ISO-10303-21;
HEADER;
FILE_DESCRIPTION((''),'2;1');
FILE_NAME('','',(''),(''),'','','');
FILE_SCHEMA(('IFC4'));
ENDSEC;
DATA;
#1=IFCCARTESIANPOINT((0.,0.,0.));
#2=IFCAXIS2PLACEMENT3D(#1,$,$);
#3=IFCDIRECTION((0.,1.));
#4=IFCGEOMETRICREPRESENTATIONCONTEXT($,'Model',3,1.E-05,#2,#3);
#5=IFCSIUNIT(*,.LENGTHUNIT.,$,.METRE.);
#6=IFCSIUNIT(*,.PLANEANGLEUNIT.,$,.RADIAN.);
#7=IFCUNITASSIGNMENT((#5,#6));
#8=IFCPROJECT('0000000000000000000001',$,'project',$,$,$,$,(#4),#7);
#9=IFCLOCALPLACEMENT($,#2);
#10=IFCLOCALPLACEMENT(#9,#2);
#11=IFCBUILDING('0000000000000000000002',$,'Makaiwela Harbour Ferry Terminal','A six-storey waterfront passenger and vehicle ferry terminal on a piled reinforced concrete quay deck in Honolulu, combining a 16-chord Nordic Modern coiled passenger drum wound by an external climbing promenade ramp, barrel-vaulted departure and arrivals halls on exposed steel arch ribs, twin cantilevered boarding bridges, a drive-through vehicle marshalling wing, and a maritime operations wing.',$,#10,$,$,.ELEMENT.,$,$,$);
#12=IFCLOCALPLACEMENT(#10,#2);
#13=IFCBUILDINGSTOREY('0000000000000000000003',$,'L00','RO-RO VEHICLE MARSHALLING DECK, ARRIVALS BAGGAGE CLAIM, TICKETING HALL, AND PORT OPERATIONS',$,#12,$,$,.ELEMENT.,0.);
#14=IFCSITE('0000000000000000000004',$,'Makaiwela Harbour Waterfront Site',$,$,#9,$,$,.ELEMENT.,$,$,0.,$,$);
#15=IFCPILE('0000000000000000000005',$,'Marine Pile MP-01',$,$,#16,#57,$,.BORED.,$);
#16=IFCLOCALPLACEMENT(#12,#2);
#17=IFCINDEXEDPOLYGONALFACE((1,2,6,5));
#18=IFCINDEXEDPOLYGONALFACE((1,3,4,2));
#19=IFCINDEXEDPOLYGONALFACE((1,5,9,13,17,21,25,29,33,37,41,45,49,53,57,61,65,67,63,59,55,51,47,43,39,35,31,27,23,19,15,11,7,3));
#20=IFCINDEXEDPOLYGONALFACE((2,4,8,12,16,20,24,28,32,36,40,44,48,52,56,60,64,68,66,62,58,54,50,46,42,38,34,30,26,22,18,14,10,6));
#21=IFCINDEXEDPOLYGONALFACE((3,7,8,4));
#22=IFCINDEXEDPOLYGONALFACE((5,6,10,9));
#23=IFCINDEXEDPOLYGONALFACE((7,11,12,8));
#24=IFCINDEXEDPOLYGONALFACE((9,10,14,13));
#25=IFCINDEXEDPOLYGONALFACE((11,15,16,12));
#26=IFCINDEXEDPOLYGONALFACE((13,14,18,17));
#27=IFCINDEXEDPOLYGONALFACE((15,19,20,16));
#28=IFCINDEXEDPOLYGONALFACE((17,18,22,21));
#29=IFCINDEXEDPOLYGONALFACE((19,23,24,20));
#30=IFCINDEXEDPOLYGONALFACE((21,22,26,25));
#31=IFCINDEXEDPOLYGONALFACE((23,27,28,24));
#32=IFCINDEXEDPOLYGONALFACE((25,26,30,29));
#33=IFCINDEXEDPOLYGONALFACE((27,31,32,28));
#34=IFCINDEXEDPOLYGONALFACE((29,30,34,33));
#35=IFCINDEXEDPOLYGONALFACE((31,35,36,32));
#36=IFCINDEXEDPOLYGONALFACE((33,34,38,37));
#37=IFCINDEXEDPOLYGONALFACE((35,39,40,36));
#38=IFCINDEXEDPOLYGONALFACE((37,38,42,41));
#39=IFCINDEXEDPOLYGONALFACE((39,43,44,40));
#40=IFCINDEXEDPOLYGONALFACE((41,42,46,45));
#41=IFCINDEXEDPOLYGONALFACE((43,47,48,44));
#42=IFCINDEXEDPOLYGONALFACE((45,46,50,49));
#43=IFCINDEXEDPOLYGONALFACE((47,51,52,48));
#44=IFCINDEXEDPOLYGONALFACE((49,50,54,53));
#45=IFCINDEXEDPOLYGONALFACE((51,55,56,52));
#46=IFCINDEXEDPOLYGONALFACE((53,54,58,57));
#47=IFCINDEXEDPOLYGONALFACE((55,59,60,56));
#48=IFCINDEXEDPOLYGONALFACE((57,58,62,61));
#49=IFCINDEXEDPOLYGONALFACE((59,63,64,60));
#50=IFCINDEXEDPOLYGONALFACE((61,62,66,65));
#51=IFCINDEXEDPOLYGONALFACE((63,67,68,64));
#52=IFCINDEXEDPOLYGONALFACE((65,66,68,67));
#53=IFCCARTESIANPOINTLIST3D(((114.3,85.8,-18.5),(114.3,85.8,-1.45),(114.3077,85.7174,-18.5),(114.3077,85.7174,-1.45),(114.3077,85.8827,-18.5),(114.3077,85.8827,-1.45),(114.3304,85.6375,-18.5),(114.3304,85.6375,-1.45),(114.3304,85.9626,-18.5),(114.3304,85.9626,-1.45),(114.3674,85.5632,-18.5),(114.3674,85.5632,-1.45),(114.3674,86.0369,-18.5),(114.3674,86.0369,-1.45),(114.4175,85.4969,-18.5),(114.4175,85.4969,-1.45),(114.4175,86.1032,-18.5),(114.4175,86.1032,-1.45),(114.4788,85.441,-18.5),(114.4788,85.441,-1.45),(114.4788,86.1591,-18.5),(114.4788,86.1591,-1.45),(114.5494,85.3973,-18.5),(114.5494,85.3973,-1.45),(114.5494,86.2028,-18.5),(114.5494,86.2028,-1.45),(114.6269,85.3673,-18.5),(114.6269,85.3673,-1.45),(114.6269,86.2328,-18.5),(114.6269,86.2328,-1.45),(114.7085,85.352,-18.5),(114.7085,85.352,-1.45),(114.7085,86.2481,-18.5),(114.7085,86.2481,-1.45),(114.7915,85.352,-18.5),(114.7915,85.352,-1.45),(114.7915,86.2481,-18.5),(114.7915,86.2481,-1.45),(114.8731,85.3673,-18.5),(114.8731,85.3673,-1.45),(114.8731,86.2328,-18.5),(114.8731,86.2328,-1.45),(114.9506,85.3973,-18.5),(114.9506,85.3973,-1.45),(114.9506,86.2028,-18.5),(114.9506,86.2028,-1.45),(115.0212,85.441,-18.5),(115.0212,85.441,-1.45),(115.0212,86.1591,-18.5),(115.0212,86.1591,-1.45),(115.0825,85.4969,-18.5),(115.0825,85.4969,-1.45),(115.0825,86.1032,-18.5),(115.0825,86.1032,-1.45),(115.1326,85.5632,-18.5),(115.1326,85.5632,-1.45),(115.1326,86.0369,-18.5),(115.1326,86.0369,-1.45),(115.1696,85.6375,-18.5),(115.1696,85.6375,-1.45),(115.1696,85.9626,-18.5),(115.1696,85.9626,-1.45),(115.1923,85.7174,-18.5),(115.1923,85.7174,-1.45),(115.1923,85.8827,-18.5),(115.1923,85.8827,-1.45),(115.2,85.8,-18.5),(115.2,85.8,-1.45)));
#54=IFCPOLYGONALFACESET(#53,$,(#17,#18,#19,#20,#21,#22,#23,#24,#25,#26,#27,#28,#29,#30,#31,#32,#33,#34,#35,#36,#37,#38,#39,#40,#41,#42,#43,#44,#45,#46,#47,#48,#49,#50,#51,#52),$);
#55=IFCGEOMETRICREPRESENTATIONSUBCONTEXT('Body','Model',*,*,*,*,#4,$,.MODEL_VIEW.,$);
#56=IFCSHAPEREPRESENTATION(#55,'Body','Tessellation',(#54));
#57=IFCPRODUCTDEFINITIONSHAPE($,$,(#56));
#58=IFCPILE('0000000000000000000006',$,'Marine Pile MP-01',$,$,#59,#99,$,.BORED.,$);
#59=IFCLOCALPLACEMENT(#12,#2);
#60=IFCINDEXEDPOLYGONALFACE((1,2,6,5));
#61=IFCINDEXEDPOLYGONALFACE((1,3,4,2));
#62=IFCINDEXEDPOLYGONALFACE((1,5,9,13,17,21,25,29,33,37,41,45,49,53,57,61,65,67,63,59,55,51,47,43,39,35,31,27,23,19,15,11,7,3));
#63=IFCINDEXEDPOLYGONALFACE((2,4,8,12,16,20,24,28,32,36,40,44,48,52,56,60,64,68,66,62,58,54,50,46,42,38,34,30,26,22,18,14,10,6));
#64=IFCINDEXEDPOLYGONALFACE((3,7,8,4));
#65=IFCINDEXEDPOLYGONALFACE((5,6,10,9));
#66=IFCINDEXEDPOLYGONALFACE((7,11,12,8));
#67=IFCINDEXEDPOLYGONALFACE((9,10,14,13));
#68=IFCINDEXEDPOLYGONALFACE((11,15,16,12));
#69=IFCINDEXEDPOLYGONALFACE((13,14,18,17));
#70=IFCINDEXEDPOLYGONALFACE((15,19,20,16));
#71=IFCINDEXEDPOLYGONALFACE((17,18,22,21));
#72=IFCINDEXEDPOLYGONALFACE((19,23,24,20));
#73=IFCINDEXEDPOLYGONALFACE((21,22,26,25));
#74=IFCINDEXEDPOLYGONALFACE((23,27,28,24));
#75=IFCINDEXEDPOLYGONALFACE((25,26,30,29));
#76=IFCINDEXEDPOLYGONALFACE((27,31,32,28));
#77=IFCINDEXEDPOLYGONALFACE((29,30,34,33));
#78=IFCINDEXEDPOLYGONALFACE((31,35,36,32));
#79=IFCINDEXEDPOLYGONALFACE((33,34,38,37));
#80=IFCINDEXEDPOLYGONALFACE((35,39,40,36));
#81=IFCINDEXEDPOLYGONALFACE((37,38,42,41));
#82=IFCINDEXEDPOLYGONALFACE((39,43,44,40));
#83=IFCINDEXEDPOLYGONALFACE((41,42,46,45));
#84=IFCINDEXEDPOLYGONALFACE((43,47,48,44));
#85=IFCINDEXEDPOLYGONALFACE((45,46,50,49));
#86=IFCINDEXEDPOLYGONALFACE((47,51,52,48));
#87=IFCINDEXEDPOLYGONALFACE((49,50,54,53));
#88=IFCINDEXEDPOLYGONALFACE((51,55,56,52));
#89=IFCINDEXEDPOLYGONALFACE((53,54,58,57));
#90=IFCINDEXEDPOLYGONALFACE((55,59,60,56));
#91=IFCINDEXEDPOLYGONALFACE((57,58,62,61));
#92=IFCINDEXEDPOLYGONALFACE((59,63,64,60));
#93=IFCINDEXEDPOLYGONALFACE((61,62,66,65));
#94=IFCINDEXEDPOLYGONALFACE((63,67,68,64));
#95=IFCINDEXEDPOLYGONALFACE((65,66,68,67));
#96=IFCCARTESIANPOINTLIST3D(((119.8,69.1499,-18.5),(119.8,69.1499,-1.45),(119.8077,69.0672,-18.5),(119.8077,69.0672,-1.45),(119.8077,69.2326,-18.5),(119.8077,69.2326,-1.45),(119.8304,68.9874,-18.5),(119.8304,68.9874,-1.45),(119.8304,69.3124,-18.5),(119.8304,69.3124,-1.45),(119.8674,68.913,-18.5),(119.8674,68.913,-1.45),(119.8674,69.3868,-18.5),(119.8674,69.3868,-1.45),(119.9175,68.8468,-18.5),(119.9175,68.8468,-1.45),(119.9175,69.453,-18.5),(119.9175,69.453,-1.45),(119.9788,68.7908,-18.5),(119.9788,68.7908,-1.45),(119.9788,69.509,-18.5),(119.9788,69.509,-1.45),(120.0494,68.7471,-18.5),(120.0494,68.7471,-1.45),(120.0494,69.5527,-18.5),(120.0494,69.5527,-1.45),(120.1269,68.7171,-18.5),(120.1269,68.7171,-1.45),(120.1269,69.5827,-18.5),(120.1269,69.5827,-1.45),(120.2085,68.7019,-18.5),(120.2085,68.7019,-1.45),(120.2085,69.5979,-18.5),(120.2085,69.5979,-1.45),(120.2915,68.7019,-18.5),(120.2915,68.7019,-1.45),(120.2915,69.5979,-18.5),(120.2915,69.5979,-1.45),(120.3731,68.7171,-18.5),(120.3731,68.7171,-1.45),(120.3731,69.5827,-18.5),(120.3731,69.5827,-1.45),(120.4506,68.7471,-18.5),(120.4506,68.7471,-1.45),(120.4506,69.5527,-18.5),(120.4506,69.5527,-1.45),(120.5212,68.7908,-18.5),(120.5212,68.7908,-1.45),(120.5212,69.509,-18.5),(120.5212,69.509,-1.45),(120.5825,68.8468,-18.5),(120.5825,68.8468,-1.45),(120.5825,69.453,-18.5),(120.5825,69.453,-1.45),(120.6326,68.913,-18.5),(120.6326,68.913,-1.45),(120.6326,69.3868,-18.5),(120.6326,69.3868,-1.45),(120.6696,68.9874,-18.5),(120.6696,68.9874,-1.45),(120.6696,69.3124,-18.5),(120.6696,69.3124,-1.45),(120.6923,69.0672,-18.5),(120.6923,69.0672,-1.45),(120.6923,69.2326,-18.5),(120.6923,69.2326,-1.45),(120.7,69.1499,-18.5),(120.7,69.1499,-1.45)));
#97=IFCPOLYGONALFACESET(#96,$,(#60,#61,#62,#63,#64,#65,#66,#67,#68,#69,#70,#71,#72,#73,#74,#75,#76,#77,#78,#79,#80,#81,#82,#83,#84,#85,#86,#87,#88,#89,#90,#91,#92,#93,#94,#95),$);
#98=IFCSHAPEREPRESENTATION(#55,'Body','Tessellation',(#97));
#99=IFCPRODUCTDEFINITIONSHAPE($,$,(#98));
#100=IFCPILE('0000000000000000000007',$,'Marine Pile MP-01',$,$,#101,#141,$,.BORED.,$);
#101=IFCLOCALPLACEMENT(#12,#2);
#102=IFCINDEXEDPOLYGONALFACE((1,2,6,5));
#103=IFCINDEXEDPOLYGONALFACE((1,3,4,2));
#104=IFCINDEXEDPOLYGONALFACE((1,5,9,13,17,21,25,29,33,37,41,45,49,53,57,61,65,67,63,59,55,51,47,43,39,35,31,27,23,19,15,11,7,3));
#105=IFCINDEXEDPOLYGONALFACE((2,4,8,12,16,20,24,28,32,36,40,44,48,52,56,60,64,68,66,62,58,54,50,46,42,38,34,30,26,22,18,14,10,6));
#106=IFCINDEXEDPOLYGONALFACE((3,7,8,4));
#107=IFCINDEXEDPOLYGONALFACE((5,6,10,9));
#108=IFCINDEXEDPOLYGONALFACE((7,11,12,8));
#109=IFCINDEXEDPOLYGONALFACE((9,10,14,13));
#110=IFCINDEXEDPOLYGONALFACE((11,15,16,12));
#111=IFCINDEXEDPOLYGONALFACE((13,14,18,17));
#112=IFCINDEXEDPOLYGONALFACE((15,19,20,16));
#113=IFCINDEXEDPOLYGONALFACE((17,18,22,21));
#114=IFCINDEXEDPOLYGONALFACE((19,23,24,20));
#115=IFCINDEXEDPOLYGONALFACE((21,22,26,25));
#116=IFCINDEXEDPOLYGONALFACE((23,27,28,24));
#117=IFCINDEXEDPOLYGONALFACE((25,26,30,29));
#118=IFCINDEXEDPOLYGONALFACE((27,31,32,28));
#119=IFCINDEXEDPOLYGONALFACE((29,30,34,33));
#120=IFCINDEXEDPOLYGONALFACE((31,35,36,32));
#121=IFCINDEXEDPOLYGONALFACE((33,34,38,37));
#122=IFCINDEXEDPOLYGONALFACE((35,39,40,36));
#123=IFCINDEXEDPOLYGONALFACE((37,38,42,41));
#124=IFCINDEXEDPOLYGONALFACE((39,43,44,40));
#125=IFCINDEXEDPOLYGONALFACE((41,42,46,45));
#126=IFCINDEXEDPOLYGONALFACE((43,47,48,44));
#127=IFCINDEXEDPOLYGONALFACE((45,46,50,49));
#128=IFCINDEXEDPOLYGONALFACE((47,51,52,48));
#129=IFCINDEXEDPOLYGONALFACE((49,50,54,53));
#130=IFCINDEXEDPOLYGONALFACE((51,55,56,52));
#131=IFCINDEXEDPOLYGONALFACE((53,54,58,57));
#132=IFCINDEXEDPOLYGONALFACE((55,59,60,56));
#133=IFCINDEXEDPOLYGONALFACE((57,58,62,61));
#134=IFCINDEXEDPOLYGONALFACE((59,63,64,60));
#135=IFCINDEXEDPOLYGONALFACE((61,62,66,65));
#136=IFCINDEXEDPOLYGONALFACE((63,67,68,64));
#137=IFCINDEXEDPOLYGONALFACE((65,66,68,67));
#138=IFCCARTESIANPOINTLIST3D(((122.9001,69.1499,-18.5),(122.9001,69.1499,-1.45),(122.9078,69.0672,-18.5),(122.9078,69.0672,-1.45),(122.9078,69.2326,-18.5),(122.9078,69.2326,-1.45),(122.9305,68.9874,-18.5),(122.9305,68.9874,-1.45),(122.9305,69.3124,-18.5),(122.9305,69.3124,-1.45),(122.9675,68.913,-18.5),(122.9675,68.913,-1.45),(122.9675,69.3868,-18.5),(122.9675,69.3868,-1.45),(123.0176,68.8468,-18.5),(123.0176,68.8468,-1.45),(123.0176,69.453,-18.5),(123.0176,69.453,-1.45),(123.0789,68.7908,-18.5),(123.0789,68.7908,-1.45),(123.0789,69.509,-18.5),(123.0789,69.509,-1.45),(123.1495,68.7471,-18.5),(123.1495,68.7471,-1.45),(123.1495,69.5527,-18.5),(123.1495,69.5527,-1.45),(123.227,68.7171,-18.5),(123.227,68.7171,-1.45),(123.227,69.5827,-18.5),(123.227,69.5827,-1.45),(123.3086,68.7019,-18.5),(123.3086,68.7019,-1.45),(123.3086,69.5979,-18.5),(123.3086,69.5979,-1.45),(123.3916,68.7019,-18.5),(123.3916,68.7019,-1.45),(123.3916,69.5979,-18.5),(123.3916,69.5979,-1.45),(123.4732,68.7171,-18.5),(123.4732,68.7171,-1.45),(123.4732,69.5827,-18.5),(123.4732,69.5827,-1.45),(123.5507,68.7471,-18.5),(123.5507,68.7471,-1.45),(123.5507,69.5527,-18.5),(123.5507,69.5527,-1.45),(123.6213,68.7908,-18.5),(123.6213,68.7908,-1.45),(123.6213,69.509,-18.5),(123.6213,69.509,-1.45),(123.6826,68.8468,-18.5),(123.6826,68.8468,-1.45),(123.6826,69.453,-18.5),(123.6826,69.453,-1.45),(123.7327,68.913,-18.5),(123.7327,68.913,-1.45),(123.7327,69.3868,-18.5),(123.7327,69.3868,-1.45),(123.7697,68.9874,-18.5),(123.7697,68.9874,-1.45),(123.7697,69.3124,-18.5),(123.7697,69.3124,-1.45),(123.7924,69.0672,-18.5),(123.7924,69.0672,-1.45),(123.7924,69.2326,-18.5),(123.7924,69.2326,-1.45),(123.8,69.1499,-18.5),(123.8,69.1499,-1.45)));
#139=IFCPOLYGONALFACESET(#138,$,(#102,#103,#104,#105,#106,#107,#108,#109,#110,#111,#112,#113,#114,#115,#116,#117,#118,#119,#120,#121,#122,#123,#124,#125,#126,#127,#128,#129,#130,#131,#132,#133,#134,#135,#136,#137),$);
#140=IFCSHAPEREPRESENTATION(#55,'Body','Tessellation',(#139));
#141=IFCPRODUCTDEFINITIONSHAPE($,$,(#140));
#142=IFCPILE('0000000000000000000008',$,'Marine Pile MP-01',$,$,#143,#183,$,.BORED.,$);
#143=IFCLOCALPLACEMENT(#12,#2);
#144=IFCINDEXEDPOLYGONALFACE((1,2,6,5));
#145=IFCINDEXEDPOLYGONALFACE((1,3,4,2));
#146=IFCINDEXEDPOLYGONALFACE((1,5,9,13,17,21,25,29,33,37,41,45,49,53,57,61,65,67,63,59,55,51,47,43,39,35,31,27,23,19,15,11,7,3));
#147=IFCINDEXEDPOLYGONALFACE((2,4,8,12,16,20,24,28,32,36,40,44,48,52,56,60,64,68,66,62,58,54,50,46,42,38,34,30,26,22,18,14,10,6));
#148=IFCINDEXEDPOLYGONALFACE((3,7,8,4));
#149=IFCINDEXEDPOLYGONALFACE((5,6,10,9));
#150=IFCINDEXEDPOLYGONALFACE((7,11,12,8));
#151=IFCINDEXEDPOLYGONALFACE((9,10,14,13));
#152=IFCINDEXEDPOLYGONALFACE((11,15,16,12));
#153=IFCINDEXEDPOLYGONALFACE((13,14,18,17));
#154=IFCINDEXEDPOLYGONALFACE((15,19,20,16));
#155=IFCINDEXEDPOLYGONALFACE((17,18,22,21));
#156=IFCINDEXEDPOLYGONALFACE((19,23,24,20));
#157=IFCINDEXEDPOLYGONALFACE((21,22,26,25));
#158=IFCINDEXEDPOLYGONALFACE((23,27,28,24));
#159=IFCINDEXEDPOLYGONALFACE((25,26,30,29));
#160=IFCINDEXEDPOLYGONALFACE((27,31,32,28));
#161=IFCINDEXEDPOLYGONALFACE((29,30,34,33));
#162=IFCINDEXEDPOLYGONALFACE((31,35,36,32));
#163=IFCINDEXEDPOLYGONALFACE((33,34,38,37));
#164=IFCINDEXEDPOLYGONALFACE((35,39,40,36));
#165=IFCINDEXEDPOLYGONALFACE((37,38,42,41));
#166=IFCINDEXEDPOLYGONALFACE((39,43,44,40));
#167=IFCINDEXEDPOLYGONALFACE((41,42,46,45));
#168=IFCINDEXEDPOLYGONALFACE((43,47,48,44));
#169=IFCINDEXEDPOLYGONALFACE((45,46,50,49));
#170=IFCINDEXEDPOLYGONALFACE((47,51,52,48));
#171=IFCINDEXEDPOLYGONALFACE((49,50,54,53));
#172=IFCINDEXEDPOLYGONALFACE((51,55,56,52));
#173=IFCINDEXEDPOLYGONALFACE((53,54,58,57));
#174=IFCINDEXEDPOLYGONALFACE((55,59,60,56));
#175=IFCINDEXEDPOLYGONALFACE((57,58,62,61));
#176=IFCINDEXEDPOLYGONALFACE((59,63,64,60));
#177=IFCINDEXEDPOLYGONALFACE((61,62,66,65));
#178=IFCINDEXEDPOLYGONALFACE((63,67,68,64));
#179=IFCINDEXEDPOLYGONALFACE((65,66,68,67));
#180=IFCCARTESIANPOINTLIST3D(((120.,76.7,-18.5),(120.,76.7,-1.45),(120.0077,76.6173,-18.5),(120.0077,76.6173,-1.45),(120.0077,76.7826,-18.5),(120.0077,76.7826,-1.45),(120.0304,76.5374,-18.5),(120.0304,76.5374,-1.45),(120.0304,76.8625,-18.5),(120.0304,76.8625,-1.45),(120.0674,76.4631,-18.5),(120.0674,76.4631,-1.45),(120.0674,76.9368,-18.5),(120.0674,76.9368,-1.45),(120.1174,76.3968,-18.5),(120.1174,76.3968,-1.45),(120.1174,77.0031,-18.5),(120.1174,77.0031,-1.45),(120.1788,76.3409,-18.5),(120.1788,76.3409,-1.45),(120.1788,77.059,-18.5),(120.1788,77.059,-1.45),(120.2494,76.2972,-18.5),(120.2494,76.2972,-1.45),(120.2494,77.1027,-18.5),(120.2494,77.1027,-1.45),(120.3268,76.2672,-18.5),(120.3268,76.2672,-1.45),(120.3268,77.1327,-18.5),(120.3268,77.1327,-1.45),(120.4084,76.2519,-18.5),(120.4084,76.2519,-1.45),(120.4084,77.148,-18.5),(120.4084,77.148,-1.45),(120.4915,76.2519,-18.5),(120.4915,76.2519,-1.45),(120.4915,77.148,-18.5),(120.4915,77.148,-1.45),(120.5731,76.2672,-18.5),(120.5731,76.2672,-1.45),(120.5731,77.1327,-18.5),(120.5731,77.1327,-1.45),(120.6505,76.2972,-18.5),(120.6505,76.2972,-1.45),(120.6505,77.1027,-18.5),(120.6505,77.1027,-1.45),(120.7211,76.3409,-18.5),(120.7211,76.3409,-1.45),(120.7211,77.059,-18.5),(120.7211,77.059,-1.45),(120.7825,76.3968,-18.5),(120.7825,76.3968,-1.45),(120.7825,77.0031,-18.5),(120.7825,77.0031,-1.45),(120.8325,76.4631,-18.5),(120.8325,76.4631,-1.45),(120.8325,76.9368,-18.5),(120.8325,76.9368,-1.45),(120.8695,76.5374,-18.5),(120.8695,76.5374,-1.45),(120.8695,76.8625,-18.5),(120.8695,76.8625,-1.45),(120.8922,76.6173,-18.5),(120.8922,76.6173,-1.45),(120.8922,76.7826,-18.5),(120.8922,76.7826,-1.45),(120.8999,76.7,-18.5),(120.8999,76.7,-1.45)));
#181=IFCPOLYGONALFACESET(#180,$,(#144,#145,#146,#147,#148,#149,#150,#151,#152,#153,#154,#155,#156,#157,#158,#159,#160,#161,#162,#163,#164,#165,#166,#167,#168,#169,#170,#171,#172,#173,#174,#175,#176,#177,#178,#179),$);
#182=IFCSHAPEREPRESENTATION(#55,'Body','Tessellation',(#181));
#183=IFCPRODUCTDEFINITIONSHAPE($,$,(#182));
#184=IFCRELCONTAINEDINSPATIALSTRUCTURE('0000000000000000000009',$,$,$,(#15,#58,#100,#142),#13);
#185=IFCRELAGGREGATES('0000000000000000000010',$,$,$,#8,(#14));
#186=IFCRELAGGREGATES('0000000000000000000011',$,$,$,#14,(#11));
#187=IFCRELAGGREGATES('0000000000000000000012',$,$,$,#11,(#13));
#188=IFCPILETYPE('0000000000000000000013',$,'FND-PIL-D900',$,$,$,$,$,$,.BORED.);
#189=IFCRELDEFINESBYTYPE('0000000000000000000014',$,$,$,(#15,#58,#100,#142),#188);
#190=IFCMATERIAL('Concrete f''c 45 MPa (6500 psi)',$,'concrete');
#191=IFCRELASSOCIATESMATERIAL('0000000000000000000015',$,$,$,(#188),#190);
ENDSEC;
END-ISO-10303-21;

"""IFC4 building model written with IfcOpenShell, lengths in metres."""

from ifc_helpers import new_model, si_unit, direction, frame, origin, origin_2d, place, context, subcontext, project, spatial, circle, extrude, material, material_profile, profile_set, type_object, element, save


model = new_model("IFC4")

# Units and contexts
model_context = context("Model", 3, precision=1e-05, world=origin(), true_north=direction((0.0, 1.0)))
body_context = subcontext(model_context, "Body", "Model", "MODEL_VIEW")
ifc_project = project(units=[si_unit("LENGTHUNIT", "METRE"), si_unit("PLANEANGLEUNIT", "RADIAN")], contexts=[model_context])

# Site, building, storey
site_placement = place(None, origin())
site = spatial("IfcSite", under=ifc_project, at=site_placement, Name="Makaiwela Harbour Waterfront Site", CompositionType="ELEMENT", RefElevation=0.0)
building_placement = place(site_placement, origin())
building = spatial("IfcBuilding", under=site, at=building_placement, Name="Makaiwela Harbour Ferry Terminal", Description="A six-storey waterfront passenger and vehicle ferry terminal on a piled reinforced concrete quay deck in Honolulu, combining a 16-chord Nordic Modern coiled passenger drum wound by an external climbing promenade ramp, barrel-vaulted departure and arrivals halls on exposed steel arch ribs, twin cantilevered boarding bridges, a drive-through vehicle marshalling wing, and a maritime operations wing.", CompositionType="ELEMENT")
storey_placement = place(building_placement, origin())
storey = spatial("IfcBuildingStorey", under=building, at=storey_placement, Name="L00", Description="RO-RO VEHICLE MARSHALLING DECK, ARRIVALS BAGGAGE CLAIM, TICKETING HALL, AND PORT OPERATIONS", CompositionType="ELEMENT", Elevation=0.0)

# Shared definitions
ifc_material_1 = material(Name="Concrete f'c 45 MPa (6500 psi)", Category="concrete")

# Piles
ifc_material_profile_1 = material_profile(ifc_material_1, circle(Radius=0.45, at=origin_2d()), Name="PILE-D900")
ifc_profile_set_1 = profile_set([ifc_material_profile_1], Name="Concrete f'c 45 MPa (6500 psi)")
pile_type = type_object("IfcPileType", Name="FND-PIL-D900", PredefinedType="BORED", material=ifc_profile_set_1)
for number, where, z_axis, x_axis, name in (
    (1, (114.75, 85.8, -1.45), (0.0, 0.0, -1.0), (1.0, 0.0, 0.0), "Marine Pile MP-01"),
    (2, (120.25, 69.1499, -1.45), (0.0, 0.0, -1.0), (1.0, 0.0, 0.0), "Marine Pile MP-01"),
    (3, (123.3501, 69.1499, -1.45), (0.0, 0.0, -1.0), (1.0, 0.0, 0.0), "Marine Pile MP-01"),
    (4, (120.45, 76.7, -1.45), (0.0, 0.0, -1.0), (1.0, 0.0, 0.0), "Marine Pile MP-01"),
):
    element("IfcPile", number, at=place(storey_placement, frame(where, z_axis=z_axis, x_axis=x_axis)), inside=storey, type_object=pile_type, Name=name, PredefinedType="BORED", context=body_context, shape_type="SweptSolid", body=[
        extrude(circle(Radius=0.45, at=origin_2d()), origin(), (0.0, 0.0, 1.0), 17.05),
    ])

save(model, "model.ifc")
